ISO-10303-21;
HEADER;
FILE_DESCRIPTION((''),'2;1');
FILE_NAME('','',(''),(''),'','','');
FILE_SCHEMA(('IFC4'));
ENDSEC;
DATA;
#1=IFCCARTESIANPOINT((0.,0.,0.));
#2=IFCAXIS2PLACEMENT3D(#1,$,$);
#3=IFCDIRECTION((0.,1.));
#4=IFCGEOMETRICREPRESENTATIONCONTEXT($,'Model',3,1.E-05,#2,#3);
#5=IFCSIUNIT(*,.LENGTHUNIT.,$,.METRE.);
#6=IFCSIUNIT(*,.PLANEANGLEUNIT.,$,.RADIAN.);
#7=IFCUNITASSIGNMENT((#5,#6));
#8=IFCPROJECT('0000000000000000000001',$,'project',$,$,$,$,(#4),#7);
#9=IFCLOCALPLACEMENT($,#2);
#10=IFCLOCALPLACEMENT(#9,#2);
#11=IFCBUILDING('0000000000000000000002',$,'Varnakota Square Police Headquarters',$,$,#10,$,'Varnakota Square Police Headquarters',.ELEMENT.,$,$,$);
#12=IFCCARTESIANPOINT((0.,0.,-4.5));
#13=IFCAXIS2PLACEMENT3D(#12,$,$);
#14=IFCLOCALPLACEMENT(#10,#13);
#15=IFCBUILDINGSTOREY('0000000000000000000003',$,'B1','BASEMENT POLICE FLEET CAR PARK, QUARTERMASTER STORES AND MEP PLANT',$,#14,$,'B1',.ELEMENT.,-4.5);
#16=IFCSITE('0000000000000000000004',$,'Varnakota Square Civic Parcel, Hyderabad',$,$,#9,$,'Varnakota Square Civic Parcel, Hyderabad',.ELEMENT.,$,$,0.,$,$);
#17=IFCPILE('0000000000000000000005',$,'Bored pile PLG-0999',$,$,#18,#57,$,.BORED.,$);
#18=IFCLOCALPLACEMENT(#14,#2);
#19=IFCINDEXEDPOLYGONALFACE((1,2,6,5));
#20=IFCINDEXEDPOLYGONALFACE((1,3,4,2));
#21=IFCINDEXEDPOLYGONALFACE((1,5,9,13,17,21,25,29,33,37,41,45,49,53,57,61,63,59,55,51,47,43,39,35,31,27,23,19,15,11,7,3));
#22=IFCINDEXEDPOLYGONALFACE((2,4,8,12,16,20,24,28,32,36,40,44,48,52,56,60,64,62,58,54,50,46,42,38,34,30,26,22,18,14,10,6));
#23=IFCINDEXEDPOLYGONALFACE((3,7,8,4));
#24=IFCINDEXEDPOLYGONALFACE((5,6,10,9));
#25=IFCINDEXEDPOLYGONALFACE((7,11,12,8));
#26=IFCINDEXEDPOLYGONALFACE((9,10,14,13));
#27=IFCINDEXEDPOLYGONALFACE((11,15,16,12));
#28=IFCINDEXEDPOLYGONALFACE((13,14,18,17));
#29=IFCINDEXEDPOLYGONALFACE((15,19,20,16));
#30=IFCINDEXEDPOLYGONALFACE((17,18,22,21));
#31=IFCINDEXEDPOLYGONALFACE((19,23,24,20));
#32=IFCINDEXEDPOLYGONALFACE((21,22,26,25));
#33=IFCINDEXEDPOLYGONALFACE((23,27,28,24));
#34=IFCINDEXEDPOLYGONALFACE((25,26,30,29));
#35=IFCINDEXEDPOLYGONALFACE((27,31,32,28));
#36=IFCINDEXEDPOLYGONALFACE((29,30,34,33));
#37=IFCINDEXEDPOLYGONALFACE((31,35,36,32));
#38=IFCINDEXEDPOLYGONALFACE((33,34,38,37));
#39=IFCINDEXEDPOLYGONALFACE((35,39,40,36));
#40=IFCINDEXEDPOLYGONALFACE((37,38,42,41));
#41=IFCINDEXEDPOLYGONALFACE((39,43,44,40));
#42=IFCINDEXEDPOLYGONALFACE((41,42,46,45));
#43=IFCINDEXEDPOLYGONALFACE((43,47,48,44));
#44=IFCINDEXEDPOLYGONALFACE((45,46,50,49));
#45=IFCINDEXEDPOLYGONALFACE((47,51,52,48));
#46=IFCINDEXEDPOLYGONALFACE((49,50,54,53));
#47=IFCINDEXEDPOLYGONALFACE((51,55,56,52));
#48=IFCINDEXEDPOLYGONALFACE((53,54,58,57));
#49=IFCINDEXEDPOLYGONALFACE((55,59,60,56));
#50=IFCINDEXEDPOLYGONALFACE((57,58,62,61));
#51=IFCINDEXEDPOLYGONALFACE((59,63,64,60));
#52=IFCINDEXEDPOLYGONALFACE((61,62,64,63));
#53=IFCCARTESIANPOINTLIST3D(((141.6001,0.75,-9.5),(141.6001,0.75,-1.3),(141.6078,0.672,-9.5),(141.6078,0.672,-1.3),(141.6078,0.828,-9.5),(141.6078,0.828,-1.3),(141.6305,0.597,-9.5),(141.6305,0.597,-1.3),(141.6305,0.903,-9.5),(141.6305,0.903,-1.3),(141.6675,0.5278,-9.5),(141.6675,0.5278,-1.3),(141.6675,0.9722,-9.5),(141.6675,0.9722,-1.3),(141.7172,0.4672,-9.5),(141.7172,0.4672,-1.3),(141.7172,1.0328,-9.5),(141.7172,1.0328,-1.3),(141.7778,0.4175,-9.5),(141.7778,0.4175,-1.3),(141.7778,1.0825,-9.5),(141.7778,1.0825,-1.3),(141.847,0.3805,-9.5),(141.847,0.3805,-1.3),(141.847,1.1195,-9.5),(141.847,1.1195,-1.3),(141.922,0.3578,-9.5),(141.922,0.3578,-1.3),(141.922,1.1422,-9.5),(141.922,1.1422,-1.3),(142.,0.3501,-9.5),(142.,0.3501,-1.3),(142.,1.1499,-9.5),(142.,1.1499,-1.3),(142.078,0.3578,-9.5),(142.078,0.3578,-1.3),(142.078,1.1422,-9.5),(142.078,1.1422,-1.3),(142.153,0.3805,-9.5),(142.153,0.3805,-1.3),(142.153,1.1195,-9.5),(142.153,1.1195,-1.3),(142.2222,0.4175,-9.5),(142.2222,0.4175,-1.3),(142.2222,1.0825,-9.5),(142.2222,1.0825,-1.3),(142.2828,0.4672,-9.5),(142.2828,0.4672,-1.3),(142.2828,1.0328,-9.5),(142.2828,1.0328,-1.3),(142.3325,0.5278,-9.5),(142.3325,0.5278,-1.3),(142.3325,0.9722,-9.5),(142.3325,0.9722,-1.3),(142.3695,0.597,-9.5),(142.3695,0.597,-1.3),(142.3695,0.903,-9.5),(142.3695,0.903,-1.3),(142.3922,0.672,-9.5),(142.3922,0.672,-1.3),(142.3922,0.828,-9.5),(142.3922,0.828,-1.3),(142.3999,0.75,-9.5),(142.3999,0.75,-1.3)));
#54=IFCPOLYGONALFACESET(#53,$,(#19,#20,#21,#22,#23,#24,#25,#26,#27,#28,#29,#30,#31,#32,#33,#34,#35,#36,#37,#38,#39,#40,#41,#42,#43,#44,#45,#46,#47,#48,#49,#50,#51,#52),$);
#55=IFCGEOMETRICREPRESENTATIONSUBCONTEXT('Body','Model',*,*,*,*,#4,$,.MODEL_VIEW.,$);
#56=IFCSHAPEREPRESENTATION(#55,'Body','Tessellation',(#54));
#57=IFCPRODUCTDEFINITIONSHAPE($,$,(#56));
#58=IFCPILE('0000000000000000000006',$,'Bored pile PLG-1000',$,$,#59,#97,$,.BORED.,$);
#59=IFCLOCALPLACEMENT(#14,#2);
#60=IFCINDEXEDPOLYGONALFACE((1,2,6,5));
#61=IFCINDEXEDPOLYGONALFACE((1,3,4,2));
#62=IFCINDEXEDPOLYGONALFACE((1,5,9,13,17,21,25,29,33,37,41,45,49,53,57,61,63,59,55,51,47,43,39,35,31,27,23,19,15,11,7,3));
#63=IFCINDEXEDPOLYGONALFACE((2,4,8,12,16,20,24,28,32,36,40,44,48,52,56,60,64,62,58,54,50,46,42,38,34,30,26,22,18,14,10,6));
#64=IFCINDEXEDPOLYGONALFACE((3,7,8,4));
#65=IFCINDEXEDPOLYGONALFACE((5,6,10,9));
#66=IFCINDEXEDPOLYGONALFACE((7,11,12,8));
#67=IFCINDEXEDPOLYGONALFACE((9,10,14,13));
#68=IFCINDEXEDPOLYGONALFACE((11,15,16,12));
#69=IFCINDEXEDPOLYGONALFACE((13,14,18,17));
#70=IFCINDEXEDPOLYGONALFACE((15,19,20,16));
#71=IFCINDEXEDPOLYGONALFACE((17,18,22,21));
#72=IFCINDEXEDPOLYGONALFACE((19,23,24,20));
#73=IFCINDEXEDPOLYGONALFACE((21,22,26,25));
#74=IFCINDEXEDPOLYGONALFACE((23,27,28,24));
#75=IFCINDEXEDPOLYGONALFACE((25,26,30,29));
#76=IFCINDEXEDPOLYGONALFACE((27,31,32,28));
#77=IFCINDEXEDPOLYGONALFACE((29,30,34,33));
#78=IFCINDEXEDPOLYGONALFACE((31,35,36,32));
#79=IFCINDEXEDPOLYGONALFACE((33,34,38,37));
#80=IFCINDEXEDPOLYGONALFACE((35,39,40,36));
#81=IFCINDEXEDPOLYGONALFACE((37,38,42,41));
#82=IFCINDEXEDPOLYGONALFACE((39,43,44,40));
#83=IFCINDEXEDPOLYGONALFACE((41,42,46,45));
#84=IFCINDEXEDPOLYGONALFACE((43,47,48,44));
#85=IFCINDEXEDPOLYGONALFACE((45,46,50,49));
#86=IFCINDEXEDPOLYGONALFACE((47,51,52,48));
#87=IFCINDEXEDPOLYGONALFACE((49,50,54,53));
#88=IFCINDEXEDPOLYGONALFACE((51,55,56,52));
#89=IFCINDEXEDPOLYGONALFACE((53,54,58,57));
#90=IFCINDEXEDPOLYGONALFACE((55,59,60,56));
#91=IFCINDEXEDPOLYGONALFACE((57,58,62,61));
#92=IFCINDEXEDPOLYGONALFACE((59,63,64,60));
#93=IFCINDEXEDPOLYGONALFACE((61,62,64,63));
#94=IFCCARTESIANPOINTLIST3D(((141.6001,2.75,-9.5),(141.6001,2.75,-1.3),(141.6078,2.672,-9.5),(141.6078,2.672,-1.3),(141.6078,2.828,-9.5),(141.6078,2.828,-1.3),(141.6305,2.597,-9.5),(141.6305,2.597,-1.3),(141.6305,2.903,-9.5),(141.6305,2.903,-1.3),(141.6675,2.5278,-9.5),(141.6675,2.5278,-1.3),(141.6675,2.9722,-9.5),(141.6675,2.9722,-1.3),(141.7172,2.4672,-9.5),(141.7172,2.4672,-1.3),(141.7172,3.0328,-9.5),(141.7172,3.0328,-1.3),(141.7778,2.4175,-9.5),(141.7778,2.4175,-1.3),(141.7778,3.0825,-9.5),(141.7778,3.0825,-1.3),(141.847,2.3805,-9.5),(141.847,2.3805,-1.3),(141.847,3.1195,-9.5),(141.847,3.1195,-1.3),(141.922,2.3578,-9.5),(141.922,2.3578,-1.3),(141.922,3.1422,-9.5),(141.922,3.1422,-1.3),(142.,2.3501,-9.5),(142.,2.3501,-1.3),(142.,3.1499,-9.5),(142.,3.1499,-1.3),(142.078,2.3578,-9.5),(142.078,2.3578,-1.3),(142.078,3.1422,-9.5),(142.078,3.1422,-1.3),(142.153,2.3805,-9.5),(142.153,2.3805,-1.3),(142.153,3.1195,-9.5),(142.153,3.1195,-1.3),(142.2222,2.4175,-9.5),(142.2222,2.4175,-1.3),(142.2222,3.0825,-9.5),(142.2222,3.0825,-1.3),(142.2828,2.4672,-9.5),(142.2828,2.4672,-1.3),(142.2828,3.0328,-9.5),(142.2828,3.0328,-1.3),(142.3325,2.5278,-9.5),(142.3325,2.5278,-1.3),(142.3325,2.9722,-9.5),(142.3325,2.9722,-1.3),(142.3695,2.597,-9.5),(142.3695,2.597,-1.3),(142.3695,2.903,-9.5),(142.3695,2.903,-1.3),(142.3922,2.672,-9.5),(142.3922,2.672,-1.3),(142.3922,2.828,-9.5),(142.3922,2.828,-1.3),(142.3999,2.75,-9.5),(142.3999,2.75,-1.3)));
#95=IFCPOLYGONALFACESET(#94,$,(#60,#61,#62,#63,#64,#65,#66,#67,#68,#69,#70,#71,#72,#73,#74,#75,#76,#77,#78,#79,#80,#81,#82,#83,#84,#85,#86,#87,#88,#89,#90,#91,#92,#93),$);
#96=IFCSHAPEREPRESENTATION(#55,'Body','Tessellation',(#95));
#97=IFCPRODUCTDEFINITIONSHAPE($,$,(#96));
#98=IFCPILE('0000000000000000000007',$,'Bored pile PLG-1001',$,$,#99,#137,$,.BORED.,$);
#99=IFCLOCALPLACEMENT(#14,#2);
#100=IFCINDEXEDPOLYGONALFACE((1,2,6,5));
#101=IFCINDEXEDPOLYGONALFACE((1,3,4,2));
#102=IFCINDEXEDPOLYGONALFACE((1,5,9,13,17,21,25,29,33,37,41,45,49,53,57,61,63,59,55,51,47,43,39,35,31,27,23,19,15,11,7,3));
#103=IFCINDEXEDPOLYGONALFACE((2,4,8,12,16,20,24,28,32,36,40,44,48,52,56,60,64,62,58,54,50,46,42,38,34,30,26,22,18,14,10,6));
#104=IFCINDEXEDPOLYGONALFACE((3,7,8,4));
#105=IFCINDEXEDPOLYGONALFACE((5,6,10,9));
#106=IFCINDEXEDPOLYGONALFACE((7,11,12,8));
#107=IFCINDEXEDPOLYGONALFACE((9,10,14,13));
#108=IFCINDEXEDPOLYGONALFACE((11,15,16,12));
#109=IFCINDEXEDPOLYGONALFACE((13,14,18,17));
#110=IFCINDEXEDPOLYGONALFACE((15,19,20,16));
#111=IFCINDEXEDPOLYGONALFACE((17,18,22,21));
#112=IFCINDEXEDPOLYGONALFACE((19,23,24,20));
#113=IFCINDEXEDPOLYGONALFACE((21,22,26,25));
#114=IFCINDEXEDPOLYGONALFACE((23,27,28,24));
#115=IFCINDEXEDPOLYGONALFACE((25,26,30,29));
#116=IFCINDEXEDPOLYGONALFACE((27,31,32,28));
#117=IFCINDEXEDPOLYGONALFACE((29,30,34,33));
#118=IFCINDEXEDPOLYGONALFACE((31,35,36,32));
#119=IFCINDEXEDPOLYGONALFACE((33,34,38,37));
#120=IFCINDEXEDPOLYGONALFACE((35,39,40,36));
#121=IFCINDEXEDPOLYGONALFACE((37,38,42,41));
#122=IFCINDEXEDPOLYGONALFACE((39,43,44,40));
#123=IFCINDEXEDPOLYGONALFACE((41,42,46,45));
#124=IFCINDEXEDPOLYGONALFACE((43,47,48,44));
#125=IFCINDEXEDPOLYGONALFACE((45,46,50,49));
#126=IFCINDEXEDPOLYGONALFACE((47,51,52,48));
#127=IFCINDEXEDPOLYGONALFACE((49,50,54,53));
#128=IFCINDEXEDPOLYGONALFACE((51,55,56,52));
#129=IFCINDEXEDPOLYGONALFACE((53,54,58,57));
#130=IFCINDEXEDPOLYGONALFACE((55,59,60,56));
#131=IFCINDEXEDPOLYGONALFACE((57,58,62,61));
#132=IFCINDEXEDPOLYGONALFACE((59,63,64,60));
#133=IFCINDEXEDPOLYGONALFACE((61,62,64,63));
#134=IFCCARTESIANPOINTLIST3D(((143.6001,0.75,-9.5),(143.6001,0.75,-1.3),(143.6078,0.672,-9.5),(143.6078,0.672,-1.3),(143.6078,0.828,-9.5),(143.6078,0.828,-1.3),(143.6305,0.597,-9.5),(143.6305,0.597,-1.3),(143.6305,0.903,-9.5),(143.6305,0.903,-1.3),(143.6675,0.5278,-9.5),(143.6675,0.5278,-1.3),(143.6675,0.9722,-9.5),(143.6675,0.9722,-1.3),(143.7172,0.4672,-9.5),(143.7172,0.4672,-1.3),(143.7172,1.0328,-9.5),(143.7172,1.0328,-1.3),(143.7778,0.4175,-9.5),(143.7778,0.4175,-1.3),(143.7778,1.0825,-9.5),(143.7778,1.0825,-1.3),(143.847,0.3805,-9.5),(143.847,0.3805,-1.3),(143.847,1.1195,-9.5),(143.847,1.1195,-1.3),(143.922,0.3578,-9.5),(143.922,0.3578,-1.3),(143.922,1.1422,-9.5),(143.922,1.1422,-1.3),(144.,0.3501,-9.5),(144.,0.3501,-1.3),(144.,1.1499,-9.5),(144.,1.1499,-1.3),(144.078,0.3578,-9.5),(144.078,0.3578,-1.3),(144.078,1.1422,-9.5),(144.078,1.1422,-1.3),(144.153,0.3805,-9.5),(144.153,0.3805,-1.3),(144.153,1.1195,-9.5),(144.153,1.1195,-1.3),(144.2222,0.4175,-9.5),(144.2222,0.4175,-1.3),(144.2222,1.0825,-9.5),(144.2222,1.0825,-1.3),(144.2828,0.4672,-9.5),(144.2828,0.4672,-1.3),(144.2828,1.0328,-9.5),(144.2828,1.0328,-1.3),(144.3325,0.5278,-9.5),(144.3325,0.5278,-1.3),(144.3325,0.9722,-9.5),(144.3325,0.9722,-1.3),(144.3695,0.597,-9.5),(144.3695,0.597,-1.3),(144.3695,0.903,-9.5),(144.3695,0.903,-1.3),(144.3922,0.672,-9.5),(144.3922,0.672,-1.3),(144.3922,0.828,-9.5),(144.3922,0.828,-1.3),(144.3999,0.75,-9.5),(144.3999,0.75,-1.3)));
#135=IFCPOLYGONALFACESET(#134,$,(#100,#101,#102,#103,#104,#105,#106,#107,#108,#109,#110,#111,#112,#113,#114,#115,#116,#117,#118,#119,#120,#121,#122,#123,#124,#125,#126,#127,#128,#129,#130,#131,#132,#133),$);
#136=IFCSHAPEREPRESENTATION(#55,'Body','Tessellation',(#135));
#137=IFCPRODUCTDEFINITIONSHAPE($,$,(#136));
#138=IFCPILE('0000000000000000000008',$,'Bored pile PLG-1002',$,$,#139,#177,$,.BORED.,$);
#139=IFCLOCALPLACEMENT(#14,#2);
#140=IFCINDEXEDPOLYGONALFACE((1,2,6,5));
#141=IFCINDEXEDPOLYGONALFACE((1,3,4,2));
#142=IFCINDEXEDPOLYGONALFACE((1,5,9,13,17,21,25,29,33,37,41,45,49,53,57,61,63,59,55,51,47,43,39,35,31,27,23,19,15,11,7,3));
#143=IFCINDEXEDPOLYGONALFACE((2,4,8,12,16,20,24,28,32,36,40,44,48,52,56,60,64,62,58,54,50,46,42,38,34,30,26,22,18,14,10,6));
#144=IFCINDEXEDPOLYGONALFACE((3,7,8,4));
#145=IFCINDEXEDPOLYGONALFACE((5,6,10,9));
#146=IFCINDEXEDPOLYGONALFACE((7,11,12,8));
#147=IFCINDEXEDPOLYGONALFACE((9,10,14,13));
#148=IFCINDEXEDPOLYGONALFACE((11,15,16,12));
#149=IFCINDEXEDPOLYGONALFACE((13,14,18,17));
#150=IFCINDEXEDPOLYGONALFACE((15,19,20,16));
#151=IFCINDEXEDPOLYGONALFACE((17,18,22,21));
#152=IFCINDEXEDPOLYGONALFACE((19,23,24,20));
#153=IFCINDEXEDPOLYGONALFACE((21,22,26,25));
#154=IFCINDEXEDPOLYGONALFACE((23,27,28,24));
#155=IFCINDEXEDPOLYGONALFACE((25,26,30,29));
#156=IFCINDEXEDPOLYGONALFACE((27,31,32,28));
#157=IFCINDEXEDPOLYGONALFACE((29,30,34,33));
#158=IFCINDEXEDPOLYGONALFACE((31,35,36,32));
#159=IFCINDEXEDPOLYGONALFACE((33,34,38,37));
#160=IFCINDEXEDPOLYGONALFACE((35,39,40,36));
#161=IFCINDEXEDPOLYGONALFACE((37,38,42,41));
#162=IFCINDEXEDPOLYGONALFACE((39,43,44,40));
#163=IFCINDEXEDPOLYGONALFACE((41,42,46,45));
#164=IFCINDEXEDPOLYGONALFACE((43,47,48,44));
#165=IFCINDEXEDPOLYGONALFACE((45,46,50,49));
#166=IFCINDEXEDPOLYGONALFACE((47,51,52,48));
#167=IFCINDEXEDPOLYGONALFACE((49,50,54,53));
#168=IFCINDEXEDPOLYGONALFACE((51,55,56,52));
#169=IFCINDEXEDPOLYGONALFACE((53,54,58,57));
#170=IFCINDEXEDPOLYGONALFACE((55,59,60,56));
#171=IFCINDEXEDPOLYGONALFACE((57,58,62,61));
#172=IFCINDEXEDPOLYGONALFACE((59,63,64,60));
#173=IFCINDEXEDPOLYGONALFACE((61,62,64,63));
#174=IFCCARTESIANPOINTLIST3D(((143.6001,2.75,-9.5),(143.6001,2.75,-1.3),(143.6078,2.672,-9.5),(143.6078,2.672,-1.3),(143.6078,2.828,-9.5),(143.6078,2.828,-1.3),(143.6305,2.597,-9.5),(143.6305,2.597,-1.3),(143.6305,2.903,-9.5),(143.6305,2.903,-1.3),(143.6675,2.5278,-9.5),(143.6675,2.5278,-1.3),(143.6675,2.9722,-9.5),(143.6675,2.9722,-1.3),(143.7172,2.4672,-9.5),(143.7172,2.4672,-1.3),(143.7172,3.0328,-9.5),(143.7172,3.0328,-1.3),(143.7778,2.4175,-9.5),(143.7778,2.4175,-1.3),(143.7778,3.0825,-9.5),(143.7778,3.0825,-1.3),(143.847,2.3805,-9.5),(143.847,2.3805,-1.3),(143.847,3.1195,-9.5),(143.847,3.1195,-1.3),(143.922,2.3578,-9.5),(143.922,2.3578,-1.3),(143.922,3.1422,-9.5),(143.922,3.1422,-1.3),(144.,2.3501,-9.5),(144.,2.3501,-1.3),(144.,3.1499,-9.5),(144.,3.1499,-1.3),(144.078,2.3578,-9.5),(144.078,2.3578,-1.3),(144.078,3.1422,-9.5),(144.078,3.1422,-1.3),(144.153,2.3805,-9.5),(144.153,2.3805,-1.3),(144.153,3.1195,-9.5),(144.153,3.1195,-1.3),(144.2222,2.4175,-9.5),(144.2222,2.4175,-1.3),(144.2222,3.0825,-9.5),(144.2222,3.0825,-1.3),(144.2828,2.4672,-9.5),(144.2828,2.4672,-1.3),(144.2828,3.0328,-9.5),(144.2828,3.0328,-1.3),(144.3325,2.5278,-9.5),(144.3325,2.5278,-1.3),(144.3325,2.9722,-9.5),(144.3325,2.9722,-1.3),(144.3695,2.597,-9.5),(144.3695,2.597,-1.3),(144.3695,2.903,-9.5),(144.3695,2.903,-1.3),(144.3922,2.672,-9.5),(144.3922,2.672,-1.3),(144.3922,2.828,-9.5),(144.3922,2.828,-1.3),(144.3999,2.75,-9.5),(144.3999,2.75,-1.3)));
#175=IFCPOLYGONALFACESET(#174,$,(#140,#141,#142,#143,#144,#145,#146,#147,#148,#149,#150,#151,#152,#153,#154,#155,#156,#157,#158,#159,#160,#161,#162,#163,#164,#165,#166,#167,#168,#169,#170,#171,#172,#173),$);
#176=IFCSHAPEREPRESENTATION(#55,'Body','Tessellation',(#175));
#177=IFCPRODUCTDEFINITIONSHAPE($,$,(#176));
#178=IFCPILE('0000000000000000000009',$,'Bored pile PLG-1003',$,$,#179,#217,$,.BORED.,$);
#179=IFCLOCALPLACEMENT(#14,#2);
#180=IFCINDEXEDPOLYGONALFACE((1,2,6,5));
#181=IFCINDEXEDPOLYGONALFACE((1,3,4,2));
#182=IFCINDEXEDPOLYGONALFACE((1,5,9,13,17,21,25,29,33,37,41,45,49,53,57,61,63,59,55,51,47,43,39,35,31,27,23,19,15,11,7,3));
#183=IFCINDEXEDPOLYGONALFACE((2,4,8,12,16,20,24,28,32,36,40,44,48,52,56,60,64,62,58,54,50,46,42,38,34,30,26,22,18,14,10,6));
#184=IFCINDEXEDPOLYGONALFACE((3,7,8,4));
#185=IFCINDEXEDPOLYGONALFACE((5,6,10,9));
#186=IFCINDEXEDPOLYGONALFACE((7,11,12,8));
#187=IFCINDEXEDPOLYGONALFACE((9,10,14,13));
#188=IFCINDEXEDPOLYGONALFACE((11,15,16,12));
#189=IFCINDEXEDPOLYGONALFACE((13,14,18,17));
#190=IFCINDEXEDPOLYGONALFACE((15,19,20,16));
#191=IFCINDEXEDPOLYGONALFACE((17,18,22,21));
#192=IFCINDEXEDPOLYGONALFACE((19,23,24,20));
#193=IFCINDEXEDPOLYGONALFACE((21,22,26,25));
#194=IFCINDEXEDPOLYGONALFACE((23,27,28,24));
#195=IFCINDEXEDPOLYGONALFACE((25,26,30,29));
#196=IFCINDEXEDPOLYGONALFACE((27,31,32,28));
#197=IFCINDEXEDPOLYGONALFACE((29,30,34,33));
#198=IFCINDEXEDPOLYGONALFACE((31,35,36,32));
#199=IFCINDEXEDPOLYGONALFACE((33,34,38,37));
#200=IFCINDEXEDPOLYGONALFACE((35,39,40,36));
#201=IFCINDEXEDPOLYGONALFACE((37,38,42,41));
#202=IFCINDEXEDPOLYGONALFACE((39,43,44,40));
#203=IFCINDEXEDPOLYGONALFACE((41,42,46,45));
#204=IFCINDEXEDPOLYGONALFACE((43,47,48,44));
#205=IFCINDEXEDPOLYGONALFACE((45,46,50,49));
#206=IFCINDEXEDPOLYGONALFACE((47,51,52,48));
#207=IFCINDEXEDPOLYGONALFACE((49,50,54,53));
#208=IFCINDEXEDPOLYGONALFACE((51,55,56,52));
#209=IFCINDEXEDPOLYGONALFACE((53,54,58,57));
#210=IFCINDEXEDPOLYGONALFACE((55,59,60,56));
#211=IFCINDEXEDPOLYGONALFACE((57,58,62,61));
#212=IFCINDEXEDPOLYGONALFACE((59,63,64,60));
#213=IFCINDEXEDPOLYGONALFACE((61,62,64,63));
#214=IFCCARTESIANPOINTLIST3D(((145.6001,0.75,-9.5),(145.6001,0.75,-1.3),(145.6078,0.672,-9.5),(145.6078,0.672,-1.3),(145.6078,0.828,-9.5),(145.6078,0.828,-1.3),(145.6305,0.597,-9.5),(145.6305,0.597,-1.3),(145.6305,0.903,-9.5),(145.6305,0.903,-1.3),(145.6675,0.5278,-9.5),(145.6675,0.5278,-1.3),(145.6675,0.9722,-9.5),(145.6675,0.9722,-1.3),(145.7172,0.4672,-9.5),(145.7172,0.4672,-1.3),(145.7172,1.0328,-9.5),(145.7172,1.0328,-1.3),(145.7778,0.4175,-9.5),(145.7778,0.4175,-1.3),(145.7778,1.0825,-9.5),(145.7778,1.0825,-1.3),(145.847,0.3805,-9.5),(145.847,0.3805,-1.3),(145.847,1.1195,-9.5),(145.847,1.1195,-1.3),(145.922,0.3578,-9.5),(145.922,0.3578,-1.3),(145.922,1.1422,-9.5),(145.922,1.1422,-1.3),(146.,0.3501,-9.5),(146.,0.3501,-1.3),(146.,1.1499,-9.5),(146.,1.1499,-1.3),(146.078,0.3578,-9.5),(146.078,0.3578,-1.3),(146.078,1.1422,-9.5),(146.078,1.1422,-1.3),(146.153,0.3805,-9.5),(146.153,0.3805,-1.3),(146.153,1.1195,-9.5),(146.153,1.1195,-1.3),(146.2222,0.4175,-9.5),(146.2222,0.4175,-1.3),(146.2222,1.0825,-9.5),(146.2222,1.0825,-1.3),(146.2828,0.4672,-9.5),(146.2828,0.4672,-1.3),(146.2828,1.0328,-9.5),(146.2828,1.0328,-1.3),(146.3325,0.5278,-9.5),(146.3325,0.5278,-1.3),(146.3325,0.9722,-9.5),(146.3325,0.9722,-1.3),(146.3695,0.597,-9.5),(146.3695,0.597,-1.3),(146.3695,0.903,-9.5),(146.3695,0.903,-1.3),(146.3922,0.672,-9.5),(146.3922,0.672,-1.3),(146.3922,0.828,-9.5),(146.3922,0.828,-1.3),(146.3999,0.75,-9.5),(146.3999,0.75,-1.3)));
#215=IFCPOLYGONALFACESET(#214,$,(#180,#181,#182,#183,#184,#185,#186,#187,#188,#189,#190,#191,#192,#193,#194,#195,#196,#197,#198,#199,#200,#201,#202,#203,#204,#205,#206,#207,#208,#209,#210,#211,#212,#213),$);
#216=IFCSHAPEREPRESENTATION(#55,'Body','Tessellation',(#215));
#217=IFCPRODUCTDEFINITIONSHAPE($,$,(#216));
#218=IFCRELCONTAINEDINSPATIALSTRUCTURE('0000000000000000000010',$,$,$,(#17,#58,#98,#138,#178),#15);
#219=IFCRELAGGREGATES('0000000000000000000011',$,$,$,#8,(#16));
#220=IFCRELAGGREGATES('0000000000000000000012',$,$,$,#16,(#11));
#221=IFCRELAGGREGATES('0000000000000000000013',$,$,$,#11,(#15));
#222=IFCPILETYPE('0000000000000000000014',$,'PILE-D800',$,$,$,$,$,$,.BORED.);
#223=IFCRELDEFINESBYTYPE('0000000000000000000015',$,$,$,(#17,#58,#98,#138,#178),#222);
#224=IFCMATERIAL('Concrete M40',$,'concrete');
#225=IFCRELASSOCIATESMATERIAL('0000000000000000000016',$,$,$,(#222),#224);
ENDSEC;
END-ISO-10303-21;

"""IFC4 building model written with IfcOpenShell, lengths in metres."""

from ifc_helpers import new_model, si_unit, direction, frame, origin, origin_2d, place, context, subcontext, project, spatial, circle, extrude, material, material_profile, profile_set, type_object, element, save


model = new_model("IFC4")

# Units and contexts
model_context = context("Model", 3, precision=1e-05, world=origin(), true_north=direction((0.0, 1.0)))
body_context = subcontext(model_context, "Body", "Model", "MODEL_VIEW")
ifc_project = project(units=[si_unit("LENGTHUNIT", "METRE"), si_unit("PLANEANGLEUNIT", "RADIAN")], contexts=[model_context])

# Site, building, storey
site_placement = place(None, origin())
site = spatial("IfcSite", under=ifc_project, at=site_placement, Name="Varnakota Square Civic Parcel, Hyderabad", LongName="Varnakota Square Civic Parcel, Hyderabad", CompositionType="ELEMENT", RefElevation=0.0)
building_placement = place(site_placement, origin())
building = spatial("IfcBuilding", under=site, at=building_placement, Name="Varnakota Square Police Headquarters", LongName="Varnakota Square Police Headquarters", CompositionType="ELEMENT")
storey_placement = place(building_placement, frame((0.0, 0.0, -4.5)))
storey = spatial("IfcBuildingStorey", under=building, at=storey_placement, Name="B1", Description="BASEMENT POLICE FLEET CAR PARK, QUARTERMASTER STORES AND MEP PLANT", LongName="B1", CompositionType="ELEMENT", Elevation=-4.5)

# Shared definitions
ifc_material_1 = material(Name="Concrete M40", Category="concrete")

# Piles
ifc_material_profile_1 = material_profile(ifc_material_1, circle(Radius=0.3999, at=origin_2d()), Name="BORED PILE 800")
ifc_profile_set_1 = profile_set([ifc_material_profile_1], Name="Concrete M40")
pile_type = type_object("IfcPileType", Name="PILE-D800", PredefinedType="BORED", material=ifc_profile_set_1)
for number, where, z_axis, x_axis, name in (
    (1, (142.0, 0.75, -1.3), (0.0, 0.0, -1.0), (1.0, 0.0, 0.0), "Bored pile PLG-0999"),
    (2, (142.0, 2.75, -1.3), (0.0, 0.0, -1.0), (1.0, 0.0, 0.0), "Bored pile PLG-1000"),
    (3, (144.0, 0.75, -1.3), (0.0, 0.0, -1.0), (1.0, 0.0, 0.0), "Bored pile PLG-1001"),
    (4, (144.0, 2.75, -1.3), (0.0, 0.0, -1.0), (1.0, 0.0, 0.0), "Bored pile PLG-1002"),
    (5, (146.0, 0.75, -1.3), (0.0, 0.0, -1.0), (1.0, 0.0, 0.0), "Bored pile PLG-1003"),
):
    element("IfcPile", number, at=place(storey_placement, frame(where, z_axis=z_axis, x_axis=x_axis)), inside=storey, type_object=pile_type, Name=name, PredefinedType="BORED", context=body_context, shape_type="SweptSolid", body=[
        extrude(circle(Radius=0.3999, at=origin_2d()), origin(), (0.0, 0.0, 1.0), 8.2),
    ])

save(model, "model.ifc")
